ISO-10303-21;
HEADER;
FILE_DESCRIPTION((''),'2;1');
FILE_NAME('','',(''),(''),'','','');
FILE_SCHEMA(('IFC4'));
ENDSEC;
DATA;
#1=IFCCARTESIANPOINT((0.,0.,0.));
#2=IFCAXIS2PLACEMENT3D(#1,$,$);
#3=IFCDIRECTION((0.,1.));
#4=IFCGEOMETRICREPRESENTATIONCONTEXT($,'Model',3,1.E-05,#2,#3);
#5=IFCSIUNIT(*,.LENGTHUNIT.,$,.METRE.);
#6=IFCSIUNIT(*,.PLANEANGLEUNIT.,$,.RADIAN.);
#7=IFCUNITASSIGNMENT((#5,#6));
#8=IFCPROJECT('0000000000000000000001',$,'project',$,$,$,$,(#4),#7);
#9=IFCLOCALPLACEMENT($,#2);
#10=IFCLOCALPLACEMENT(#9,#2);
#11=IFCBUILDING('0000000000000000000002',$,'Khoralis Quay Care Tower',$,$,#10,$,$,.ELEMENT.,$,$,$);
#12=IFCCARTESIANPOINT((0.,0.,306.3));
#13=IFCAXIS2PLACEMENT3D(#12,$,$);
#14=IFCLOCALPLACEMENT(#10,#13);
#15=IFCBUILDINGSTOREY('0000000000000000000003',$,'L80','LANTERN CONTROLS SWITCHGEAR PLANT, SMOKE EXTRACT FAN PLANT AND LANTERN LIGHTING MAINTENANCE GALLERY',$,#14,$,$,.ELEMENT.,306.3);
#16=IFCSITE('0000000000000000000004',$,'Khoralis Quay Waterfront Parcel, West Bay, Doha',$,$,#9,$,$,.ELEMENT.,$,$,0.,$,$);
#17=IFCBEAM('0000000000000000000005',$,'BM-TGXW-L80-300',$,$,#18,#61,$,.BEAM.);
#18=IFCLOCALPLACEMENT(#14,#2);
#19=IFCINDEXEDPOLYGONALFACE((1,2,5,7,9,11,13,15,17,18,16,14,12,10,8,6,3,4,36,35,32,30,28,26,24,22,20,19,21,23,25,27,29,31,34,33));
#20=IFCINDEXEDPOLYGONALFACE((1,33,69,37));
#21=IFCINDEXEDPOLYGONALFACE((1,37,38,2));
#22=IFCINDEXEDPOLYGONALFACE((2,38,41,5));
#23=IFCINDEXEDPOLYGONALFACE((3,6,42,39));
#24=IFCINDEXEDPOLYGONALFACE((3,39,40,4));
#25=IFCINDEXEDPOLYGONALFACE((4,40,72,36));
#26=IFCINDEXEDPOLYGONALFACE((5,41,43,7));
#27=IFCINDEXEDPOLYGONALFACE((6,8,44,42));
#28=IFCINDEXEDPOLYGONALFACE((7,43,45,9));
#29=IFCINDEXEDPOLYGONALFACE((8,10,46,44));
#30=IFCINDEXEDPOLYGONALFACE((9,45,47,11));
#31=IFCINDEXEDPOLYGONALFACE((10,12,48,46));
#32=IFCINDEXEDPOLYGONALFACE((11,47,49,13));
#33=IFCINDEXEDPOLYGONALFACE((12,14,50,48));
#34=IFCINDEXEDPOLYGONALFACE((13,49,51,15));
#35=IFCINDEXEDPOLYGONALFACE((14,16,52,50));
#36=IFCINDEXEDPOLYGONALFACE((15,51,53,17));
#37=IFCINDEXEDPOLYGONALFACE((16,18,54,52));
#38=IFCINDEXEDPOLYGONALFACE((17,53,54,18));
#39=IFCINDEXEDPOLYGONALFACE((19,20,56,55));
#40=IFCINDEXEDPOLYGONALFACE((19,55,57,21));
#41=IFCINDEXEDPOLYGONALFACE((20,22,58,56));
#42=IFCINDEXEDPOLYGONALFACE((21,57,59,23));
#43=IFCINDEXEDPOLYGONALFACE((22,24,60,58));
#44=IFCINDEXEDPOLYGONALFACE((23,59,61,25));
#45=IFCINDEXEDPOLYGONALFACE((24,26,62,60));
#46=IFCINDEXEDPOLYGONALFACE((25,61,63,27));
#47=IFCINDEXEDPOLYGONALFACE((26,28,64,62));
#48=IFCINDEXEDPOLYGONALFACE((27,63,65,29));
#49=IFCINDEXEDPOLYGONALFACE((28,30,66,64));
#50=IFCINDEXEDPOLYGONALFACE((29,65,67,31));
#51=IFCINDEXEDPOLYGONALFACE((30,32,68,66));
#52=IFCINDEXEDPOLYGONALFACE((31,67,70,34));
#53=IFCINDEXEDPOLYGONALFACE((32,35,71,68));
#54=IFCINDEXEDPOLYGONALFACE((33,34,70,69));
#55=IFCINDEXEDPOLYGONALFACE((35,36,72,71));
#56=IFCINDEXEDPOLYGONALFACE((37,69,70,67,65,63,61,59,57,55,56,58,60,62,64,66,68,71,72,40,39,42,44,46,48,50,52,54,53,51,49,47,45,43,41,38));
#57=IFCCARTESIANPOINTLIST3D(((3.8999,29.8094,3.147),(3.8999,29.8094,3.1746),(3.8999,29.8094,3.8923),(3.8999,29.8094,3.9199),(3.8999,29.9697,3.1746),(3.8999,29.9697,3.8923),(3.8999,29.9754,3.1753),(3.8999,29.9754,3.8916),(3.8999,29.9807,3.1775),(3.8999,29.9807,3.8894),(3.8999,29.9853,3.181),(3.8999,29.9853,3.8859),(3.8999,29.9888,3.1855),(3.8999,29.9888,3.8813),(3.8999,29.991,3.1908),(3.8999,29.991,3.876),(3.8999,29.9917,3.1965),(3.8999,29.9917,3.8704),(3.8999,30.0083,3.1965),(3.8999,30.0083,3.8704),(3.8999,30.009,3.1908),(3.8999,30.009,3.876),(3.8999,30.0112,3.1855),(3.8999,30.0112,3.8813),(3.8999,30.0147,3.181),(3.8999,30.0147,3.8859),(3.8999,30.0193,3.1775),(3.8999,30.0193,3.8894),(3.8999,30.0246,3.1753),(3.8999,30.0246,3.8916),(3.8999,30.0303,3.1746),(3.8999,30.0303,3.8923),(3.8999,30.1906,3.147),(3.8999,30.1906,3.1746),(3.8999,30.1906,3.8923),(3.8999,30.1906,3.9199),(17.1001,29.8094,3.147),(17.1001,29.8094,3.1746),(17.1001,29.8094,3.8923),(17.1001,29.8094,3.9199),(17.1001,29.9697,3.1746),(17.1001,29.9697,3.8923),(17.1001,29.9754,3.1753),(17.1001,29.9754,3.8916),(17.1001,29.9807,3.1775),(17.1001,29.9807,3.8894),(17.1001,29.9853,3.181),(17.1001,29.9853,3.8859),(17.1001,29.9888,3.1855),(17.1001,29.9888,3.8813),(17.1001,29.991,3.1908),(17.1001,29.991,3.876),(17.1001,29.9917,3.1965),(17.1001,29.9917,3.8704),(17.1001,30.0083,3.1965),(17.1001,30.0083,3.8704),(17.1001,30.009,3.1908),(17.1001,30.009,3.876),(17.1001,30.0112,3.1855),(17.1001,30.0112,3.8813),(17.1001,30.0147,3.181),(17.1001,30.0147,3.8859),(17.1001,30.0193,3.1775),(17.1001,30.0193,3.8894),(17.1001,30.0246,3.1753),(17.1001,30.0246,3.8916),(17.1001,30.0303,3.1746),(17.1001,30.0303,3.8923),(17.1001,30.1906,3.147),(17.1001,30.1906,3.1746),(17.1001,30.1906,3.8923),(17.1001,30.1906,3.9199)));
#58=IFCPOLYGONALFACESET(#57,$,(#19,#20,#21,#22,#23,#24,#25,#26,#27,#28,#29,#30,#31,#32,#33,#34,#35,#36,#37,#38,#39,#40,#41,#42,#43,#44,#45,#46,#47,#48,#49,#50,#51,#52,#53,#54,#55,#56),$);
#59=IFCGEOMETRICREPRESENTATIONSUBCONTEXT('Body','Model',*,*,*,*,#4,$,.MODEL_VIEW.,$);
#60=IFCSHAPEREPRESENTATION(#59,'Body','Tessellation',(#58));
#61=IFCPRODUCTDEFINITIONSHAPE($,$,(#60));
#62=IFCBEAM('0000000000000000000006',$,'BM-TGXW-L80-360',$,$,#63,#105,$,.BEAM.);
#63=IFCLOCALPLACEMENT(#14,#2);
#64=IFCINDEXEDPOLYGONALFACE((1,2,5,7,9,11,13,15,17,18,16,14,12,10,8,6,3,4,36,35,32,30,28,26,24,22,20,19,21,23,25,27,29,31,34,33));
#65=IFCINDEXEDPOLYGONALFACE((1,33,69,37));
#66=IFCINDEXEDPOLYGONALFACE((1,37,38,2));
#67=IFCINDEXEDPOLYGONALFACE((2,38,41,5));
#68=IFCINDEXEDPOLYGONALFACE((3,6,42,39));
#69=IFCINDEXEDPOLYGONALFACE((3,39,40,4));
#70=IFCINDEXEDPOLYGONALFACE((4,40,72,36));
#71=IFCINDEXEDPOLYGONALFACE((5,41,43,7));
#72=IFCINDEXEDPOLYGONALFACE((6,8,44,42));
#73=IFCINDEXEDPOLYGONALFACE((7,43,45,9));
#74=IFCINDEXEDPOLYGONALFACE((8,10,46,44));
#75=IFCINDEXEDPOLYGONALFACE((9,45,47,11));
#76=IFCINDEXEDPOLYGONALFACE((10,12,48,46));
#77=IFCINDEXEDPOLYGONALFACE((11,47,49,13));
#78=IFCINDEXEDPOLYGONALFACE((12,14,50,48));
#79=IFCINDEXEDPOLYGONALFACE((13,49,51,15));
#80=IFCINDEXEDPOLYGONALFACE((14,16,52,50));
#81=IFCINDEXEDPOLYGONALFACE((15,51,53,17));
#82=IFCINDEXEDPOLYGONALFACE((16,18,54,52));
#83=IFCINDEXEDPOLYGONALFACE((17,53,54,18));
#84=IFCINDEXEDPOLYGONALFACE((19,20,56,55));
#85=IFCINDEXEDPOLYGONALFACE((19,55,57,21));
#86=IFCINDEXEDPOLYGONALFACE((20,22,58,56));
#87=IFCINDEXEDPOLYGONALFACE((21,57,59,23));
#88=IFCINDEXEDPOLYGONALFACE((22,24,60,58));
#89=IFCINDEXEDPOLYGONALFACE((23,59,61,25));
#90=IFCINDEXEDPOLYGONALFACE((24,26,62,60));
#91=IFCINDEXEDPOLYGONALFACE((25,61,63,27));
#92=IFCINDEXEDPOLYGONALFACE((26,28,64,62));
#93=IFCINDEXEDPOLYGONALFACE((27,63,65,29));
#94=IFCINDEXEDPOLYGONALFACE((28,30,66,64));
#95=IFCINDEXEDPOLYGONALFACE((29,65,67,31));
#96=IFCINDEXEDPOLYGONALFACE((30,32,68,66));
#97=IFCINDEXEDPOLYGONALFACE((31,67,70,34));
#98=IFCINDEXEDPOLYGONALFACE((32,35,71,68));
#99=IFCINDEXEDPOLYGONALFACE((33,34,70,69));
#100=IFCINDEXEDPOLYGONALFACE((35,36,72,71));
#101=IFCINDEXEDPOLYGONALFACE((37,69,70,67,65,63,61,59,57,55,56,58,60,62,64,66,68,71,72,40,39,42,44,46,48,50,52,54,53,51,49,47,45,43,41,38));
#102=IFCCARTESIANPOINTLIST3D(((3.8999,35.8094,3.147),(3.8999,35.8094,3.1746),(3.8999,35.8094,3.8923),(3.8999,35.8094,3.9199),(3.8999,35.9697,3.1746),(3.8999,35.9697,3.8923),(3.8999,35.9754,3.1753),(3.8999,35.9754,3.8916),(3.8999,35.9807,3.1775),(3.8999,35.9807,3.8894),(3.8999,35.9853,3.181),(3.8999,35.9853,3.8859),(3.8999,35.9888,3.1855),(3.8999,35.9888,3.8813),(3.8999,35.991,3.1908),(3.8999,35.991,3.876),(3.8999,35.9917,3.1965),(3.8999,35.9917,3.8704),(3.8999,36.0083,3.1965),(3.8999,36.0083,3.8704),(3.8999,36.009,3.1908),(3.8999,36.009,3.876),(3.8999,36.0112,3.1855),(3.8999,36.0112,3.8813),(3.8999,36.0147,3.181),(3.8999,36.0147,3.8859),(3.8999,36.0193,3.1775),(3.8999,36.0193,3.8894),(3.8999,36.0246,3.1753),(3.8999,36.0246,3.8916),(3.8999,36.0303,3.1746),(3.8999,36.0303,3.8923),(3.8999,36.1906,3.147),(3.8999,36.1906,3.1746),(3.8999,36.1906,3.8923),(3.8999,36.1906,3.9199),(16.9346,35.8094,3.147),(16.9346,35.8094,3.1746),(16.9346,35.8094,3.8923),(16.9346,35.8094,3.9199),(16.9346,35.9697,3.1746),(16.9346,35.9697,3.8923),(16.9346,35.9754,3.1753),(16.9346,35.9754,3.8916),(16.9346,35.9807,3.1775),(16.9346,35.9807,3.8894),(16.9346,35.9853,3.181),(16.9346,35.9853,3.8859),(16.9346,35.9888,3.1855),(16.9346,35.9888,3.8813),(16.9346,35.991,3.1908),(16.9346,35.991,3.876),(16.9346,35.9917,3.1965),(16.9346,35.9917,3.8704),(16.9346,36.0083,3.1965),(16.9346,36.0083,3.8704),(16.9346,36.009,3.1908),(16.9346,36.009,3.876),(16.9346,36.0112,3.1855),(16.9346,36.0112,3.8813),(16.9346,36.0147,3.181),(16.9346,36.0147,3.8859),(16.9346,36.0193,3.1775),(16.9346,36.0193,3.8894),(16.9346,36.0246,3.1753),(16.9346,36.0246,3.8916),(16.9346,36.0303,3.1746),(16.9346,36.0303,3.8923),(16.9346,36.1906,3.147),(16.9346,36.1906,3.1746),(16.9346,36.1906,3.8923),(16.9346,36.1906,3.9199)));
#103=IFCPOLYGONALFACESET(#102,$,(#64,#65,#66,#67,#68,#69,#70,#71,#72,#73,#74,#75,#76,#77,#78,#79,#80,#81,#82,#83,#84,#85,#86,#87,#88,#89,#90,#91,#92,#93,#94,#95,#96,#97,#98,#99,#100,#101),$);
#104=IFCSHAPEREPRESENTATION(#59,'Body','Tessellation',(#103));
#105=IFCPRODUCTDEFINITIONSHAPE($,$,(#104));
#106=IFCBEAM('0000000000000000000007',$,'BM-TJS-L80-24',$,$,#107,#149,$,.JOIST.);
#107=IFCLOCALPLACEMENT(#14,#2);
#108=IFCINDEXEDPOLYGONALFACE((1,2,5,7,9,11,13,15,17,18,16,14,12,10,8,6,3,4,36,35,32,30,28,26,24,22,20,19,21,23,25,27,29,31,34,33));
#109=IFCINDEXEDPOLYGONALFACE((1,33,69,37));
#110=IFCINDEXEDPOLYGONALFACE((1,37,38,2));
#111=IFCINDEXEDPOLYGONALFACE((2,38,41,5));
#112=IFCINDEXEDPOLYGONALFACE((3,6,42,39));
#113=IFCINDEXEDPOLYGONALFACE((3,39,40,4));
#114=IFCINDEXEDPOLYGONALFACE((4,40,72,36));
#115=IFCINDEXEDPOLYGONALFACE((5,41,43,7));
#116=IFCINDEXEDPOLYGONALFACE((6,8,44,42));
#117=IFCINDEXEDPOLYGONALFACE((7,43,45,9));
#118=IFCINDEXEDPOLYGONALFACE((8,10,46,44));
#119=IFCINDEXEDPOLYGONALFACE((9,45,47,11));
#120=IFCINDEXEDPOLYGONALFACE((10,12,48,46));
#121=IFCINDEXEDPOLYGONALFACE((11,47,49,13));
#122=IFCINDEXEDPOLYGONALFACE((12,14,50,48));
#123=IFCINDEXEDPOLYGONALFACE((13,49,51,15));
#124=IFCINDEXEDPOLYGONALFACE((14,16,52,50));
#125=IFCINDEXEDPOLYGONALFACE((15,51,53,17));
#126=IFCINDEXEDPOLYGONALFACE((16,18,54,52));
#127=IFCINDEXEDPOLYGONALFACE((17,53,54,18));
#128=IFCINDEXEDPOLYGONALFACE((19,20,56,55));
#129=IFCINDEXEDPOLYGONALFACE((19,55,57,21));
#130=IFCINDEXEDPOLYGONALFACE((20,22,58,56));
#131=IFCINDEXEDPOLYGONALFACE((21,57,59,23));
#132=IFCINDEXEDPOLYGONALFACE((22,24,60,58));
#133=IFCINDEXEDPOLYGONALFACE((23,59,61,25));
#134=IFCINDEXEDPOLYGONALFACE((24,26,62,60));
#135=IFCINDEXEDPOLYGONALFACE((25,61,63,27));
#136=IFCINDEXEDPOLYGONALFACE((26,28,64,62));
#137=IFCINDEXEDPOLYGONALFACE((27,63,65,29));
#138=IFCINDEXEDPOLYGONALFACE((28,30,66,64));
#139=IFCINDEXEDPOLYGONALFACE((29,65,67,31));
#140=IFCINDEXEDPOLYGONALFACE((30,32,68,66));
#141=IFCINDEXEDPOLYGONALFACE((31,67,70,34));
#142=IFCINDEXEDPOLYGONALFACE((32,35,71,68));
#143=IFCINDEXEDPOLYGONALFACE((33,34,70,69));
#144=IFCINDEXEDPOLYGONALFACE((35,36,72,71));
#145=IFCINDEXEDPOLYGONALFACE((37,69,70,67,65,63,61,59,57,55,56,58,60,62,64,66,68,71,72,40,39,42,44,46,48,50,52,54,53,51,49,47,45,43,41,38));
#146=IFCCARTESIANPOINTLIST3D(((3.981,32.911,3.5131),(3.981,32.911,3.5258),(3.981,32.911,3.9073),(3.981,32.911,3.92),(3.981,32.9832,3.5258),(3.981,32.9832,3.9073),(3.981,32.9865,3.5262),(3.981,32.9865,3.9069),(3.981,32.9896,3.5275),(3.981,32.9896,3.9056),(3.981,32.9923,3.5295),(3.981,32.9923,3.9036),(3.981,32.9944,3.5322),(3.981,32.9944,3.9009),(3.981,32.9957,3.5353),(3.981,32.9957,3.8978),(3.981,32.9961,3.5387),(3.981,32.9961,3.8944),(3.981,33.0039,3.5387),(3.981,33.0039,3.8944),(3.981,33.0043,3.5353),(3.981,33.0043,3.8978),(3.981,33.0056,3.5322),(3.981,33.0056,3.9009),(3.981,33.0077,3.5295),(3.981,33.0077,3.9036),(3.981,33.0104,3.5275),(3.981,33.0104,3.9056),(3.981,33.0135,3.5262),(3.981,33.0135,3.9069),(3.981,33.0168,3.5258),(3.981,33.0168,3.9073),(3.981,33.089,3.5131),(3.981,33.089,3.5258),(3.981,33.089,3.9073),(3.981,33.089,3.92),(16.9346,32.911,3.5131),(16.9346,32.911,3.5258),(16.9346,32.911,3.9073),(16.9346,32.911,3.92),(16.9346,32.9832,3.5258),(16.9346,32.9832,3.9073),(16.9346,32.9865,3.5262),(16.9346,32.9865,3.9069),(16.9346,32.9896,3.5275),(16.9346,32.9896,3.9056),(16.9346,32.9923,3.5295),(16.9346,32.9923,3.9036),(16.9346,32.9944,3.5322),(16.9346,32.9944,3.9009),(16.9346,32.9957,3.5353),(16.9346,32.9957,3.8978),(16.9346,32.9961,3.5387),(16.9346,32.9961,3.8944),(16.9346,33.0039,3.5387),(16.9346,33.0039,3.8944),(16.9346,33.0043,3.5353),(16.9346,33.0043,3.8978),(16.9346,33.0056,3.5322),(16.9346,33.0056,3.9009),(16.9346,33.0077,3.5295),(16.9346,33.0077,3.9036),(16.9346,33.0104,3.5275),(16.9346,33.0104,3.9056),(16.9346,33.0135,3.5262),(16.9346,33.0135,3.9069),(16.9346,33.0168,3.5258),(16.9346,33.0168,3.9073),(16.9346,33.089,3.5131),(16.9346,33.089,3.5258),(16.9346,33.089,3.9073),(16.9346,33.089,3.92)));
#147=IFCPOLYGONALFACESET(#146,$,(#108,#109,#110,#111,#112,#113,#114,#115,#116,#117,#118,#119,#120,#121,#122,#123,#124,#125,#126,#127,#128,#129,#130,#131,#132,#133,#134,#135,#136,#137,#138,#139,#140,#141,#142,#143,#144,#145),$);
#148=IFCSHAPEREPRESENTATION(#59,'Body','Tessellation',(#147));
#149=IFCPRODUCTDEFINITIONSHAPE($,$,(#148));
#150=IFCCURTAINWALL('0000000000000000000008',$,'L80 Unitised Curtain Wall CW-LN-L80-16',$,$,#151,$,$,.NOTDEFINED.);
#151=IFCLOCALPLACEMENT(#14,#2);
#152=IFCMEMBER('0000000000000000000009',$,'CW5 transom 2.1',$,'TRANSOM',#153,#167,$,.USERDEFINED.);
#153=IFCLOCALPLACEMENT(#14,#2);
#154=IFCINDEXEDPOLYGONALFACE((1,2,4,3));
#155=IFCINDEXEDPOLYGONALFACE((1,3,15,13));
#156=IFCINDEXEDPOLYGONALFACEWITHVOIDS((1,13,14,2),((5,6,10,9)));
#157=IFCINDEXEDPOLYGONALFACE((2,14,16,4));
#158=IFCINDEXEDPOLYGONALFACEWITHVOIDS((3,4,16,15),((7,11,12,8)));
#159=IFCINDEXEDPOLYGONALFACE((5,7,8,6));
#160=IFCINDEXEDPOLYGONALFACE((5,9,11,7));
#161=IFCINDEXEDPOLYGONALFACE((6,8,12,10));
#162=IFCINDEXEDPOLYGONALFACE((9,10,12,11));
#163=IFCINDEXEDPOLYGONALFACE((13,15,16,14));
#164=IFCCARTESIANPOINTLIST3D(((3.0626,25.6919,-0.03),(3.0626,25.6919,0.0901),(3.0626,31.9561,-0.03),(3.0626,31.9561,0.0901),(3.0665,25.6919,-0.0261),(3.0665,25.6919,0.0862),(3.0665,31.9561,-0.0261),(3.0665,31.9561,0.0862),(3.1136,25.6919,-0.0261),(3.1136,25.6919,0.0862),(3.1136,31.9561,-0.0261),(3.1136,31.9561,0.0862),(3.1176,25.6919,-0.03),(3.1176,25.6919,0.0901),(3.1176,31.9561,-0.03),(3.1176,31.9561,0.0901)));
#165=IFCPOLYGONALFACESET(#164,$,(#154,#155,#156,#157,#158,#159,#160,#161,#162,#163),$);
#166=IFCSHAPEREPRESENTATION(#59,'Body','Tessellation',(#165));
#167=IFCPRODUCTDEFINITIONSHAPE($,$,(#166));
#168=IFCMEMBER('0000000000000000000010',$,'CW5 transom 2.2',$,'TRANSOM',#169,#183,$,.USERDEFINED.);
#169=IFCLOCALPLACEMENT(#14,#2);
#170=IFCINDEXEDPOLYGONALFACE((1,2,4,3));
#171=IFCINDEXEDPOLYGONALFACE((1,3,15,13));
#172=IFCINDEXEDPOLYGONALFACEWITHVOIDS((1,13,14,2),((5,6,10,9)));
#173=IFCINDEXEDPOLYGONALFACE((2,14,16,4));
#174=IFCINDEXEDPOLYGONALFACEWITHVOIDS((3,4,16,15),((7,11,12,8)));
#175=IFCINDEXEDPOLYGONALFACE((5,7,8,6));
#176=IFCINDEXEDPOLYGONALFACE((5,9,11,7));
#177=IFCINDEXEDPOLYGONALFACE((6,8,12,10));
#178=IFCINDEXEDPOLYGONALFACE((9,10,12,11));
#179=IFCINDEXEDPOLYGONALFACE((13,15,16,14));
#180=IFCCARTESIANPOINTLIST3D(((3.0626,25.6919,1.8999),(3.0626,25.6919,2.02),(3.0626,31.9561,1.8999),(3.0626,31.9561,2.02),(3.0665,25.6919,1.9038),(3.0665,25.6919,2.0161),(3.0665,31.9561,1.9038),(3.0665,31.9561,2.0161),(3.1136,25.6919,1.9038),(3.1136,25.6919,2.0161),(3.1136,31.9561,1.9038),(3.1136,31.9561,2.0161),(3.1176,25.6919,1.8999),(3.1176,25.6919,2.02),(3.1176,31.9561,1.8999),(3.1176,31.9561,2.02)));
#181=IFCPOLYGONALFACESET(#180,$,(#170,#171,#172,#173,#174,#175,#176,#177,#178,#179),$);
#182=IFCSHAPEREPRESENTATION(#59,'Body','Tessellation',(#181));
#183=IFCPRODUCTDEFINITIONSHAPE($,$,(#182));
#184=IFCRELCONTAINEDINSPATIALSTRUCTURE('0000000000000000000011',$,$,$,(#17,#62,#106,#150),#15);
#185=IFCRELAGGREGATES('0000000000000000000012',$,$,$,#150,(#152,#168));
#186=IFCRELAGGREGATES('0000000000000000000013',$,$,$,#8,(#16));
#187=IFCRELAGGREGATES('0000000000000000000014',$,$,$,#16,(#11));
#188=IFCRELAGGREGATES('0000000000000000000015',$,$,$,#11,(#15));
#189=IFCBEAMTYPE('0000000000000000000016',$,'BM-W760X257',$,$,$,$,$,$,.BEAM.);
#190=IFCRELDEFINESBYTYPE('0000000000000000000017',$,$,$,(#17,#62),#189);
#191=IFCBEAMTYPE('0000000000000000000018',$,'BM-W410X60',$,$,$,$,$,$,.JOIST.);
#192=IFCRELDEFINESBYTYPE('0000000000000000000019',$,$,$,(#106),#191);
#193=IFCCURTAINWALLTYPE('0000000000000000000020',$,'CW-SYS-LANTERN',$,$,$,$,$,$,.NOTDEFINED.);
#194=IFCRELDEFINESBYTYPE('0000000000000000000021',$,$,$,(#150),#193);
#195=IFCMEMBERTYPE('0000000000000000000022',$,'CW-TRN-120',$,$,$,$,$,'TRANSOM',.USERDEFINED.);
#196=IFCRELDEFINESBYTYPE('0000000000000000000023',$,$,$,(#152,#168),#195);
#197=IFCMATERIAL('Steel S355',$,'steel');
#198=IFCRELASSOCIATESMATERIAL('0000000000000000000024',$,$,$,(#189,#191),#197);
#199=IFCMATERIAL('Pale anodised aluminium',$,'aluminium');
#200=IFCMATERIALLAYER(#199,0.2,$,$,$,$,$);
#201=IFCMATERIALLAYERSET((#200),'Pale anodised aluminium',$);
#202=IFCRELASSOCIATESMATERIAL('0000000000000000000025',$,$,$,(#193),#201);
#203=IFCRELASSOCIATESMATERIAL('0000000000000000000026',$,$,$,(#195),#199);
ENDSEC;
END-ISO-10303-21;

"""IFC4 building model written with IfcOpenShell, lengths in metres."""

from ifc_helpers import new_model, si_unit, direction, frame, origin, origin_2d, place, context, subcontext, project, spatial, hollow_rectangle, i_section, extrude, source, transform, mapped, material, layer, layer_set, material_profile, profile_set, type_object, element, aggregate, save


model = new_model("IFC4")

# Units and contexts
model_context = context("Model", 3, precision=1e-05, world=origin(), true_north=direction((0.0, 1.0)))
body_context = subcontext(model_context, "Body", "Model", "MODEL_VIEW")
ifc_project = project(units=[si_unit("LENGTHUNIT", "METRE"), si_unit("PLANEANGLEUNIT", "RADIAN")], contexts=[model_context])

# Site, building, storey
site_placement = place(None, origin())
site = spatial("IfcSite", under=ifc_project, at=site_placement, Name="Khoralis Quay Waterfront Parcel, West Bay, Doha", CompositionType="ELEMENT", RefElevation=0.0)
building_placement = place(site_placement, origin())
building = spatial("IfcBuilding", under=site, at=building_placement, Name="Khoralis Quay Care Tower", CompositionType="ELEMENT")
storey_placement = place(building_placement, frame((0.0, 0.0, 306.3)))
storey = spatial("IfcBuildingStorey", under=building, at=storey_placement, Name="L80", Description="LANTERN CONTROLS SWITCHGEAR PLANT, SMOKE EXTRACT FAN PLANT AND LANTERN LIGHTING MAINTENANCE GALLERY", CompositionType="ELEMENT", Elevation=306.3)

# Shared definitions
ifc_material_1 = material(Name="Steel S355", Category="steel")

# Beams
ifc_material_profile_1 = material_profile(ifc_material_1, i_section(OverallWidth=0.3811, OverallDepth=0.7729, WebThickness=0.0166, FlangeThickness=0.0276, FilletRadius=0.022, at=origin_2d()), Name="Steel S355")
ifc_profile_set_1 = profile_set([ifc_material_profile_1], Name="Steel S355")
beam_type_1 = type_object("IfcBeamType", Name="BM-W760X257", PredefinedType="BEAM", material=ifc_profile_set_1)
ifc_material_profile_2 = material_profile(ifc_material_1, i_section(OverallWidth=0.178, OverallDepth=0.407, WebThickness=0.0078, FlangeThickness=0.0127, FilletRadius=0.0129, at=origin_2d()), Name="Steel S355")
ifc_profile_set_2 = profile_set([ifc_material_profile_2], Name="Steel S355")
beam_type_2 = type_object("IfcBeamType", Name="BM-W410X60", PredefinedType="JOIST", material=ifc_profile_set_2)
shared_shape_1 = source(origin(), body_context, "Body", "SweptSolid", [
    extrude(i_section(OverallWidth=0.3811, OverallDepth=0.7729, WebThickness=0.0166, FlangeThickness=0.0276, FilletRadius=0.022, at=origin_2d()), origin(), (0.0, 0.0, 1.0), 13.2002),
])
beam_1_placement = place(storey_placement, frame((3.8999, 30.0, 3.5334), z_axis=(1.0, 0.0, 0.0), x_axis=(0.0, 1.0, 0.0)))
element("IfcBeam", 1, at=beam_1_placement, inside=storey, type_object=beam_type_1, Name="BM-TGXW-L80-300", PredefinedType="BEAM", context=body_context, shape_type="MappedRepresentation", body=[
    mapped(shared_shape_1, transform((0.0, 0.0, 0.0), scale=1.0)),
])
shared_shape_2 = source(origin(), body_context, "Body", "SweptSolid", [
    extrude(i_section(OverallWidth=0.3811, OverallDepth=0.7729, WebThickness=0.0166, FlangeThickness=0.0276, FilletRadius=0.022, at=origin_2d()), origin(), (0.0, 0.0, 1.0), 13.0347),
])
beam_2_placement = place(storey_placement, frame((3.8999, 36.0, 3.5334), z_axis=(1.0, 0.0, 0.0), x_axis=(0.0, 1.0, 0.0)))
element("IfcBeam", 2, at=beam_2_placement, inside=storey, type_object=beam_type_1, Name="BM-TGXW-L80-360", PredefinedType="BEAM", context=body_context, shape_type="MappedRepresentation", body=[
    mapped(shared_shape_2, transform((0.0, 0.0, 0.0), scale=1.0)),
])
shared_shape_3 = source(origin(), body_context, "Body", "SweptSolid", [
    extrude(i_section(OverallWidth=0.178, OverallDepth=0.407, WebThickness=0.0078, FlangeThickness=0.0127, FilletRadius=0.0129, at=origin_2d()), origin(), (0.0, 0.0, 1.0), 12.9536),
])
beam_3_placement = place(storey_placement, frame((3.981, 33.0, 3.7166), z_axis=(1.0, 0.0, 0.0), x_axis=(0.0, 1.0, 0.0)))
element("IfcBeam", 3, at=beam_3_placement, inside=storey, type_object=beam_type_2, Name="BM-TJS-L80-24", PredefinedType="JOIST", context=body_context, shape_type="MappedRepresentation", body=[
    mapped(shared_shape_3, transform((0.0, 0.0, 0.0), scale=1.0)),
])

# Curtain wall, members
ifc_material_2 = material(Name="Pale anodised aluminium", Category="aluminium")
ifc_layer_1 = layer(ifc_material_2, 0.2)
ifc_layer_set_1 = layer_set([ifc_layer_1], Name="Pale anodised aluminium")
curtain_wall_type = type_object("IfcCurtainWallType", Name="CW-SYS-LANTERN", PredefinedType="NOTDEFINED", material=ifc_layer_set_1)
curtain_wall_placement = place(storey_placement, origin())
curtain_wall = element("IfcCurtainWall", 4, at=curtain_wall_placement, inside=storey, type_object=curtain_wall_type, Name="L80 Unitised Curtain Wall CW-LN-L80-16", PredefinedType="NOTDEFINED")
ifc_material_profile_3 = material_profile(ifc_material_2, hollow_rectangle(XDim=0.0549, YDim=0.1201, WallThickness=0.0039, at=origin_2d()), Name="Pale anodised aluminium")
ifc_profile_set_3 = profile_set([ifc_material_profile_3], Name="Pale anodised aluminium")
member_type_1 = type_object("IfcMemberType", Name="CW-TRN-120", ElementType="TRANSOM", PredefinedType="USERDEFINED", material=ifc_profile_set_3)
shared_shape_4 = source(origin(), body_context, "Body", "SweptSolid", [
    extrude(hollow_rectangle(XDim=0.0549, YDim=0.1201, WallThickness=0.0039, at=origin_2d()), origin(), (0.0, 0.0, 1.0), 6.2642),
])
member_1_placement = place(storey_placement, frame((3.0901, 31.9561, 0.03), z_axis=(0.0, -1.0, 0.0), x_axis=(1.0, 0.0, 0.0)))
member_1 = element("IfcMember", 5, at=member_1_placement, type_object=member_type_1, Name="CW5 transom 2.1", ObjectType="TRANSOM", PredefinedType="USERDEFINED", context=body_context, shape_type="MappedRepresentation", body=[
    mapped(shared_shape_4, transform((0.0, 0.0, 0.0), scale=1.0)),
])
member_2_placement = place(storey_placement, frame((3.0901, 31.9561, 1.96), z_axis=(0.0, -1.0, 0.0), x_axis=(1.0, 0.0, 0.0)))
member_2 = element("IfcMember", 6, at=member_2_placement, type_object=member_type_1, Name="CW5 transom 2.2", ObjectType="TRANSOM", PredefinedType="USERDEFINED", context=body_context, shape_type="MappedRepresentation", body=[
    mapped(shared_shape_4, transform((0.0, 0.0, 0.0), scale=1.0)),
])
aggregate(curtain_wall, [member_1, member_2])

save(model, "model.ifc")
